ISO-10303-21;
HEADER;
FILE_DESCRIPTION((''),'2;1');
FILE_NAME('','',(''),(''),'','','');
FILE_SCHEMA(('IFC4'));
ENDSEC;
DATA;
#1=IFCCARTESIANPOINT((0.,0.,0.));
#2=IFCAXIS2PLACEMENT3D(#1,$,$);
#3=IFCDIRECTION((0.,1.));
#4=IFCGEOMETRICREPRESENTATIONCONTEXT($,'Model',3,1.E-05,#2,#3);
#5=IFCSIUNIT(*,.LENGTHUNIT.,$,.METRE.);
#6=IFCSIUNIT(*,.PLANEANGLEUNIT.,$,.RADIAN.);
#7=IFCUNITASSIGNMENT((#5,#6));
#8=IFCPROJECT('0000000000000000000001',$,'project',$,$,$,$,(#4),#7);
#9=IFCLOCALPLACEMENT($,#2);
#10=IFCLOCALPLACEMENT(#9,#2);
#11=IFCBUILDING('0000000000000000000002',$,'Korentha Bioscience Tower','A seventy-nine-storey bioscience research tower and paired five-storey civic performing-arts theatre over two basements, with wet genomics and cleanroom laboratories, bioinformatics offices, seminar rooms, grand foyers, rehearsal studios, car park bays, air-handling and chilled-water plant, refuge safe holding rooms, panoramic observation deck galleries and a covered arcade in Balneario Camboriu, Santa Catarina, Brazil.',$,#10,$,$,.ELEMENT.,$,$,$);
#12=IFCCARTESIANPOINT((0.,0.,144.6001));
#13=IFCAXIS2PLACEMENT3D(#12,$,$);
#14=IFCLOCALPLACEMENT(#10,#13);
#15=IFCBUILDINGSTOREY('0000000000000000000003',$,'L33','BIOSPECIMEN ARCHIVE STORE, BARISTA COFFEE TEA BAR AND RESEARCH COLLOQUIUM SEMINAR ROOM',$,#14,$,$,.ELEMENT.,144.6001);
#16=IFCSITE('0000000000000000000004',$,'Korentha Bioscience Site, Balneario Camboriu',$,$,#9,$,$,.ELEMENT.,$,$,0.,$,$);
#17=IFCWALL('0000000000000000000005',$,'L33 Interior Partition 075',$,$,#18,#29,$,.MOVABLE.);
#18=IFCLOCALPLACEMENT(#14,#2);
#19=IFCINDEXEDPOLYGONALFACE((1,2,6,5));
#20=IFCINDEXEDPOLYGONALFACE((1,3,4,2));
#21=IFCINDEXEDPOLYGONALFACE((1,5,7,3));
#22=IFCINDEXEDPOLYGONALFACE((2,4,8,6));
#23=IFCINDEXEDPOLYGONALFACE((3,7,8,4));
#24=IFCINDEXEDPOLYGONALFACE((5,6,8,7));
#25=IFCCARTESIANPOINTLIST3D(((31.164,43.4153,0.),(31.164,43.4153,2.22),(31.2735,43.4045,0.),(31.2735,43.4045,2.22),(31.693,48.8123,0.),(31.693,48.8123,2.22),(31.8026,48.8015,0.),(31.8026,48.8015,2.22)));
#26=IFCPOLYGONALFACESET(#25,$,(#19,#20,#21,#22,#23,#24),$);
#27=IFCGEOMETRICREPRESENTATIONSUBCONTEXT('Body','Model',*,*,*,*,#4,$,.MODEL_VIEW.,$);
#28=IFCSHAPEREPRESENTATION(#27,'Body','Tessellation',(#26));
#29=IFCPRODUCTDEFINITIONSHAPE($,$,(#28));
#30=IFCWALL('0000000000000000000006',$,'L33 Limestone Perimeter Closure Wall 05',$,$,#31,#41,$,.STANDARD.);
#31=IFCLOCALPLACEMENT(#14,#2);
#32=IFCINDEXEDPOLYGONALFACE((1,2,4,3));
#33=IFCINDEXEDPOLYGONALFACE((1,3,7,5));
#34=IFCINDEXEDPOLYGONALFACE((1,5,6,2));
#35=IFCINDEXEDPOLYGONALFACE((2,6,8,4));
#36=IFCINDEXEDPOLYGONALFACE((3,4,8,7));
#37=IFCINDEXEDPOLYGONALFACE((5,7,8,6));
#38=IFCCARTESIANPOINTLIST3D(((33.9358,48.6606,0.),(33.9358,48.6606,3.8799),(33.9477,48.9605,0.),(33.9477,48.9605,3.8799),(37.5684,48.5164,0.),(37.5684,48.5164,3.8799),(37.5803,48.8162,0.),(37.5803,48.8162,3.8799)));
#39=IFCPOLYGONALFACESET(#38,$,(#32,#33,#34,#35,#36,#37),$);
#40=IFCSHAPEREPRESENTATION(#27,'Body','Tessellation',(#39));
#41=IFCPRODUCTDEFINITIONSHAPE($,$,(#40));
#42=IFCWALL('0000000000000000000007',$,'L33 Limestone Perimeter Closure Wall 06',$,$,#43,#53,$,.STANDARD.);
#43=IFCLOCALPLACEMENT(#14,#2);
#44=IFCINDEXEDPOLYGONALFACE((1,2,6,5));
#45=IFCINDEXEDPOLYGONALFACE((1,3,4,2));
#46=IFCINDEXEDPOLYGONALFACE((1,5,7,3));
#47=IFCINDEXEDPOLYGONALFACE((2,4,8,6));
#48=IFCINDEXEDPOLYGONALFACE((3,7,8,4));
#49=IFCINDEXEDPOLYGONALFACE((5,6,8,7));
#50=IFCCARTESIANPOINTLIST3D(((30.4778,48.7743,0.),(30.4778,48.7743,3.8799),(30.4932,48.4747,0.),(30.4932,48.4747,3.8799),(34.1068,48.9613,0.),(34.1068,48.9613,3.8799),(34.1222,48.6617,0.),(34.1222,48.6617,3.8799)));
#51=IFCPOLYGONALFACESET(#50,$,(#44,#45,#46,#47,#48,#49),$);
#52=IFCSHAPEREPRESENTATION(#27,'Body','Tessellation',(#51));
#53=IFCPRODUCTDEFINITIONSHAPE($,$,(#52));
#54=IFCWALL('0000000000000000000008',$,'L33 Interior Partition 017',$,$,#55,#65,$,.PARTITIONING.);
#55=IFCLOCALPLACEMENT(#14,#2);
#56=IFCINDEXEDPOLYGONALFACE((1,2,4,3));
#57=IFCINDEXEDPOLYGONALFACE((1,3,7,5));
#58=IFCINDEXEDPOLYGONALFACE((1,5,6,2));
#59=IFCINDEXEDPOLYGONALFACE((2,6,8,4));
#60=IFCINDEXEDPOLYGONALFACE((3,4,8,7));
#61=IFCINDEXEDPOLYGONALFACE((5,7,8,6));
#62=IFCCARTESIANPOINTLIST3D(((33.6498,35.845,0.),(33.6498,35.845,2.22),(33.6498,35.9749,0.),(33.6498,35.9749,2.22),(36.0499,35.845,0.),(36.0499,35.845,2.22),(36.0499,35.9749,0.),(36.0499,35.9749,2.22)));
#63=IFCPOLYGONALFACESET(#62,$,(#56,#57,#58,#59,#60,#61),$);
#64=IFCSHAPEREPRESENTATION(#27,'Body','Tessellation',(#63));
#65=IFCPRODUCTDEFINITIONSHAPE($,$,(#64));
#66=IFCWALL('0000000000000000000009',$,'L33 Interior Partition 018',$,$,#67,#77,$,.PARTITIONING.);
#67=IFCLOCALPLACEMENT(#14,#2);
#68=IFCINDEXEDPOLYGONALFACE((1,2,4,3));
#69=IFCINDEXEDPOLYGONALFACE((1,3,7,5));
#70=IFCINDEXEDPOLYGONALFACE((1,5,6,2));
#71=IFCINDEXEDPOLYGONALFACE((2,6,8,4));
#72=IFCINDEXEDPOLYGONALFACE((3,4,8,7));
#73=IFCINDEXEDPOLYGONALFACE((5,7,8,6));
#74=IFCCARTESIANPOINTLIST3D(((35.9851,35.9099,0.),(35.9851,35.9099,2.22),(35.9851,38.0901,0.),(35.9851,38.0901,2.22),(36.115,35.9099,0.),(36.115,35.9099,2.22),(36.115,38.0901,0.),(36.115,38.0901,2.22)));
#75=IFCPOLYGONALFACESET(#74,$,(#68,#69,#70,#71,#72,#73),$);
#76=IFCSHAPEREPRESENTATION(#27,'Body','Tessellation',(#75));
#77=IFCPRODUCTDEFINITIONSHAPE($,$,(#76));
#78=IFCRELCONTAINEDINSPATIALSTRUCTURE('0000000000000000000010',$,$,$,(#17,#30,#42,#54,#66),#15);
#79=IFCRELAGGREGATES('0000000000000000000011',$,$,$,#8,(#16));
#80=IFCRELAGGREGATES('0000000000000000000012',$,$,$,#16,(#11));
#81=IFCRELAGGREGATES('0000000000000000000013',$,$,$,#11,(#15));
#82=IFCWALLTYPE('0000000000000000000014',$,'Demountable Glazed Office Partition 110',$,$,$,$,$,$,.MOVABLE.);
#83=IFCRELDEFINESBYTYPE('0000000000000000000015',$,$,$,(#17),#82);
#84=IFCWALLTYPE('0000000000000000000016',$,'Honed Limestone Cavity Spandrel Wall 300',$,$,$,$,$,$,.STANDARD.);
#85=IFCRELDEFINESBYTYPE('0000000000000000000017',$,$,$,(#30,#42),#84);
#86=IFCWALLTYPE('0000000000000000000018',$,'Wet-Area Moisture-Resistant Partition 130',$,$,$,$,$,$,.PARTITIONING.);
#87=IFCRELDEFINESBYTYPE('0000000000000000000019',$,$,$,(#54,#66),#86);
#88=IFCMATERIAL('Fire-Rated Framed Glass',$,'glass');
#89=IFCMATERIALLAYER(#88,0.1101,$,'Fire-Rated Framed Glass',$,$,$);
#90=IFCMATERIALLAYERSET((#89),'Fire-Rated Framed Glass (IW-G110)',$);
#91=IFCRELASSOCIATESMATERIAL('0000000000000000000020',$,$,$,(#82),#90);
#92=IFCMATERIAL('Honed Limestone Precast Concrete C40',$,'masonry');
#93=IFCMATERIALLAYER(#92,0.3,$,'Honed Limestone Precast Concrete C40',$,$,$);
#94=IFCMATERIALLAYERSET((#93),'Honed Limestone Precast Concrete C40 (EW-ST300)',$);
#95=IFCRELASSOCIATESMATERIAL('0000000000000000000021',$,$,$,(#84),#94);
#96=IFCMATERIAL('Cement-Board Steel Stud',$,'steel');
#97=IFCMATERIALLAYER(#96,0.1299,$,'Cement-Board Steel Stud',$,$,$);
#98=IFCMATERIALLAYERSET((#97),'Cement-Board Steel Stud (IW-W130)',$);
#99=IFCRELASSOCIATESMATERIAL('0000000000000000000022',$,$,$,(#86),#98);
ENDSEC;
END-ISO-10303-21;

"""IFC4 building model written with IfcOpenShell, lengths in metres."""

from ifc_helpers import new_model, si_unit, direction, frame, frame_2d, origin, place, context, subcontext, project, spatial, rectangle, extrude, material, layer, layer_set, type_object, element, save


model = new_model("IFC4")

# Units and contexts
model_context = context("Model", 3, precision=1e-05, world=origin(), true_north=direction((0.0, 1.0)))
body_context = subcontext(model_context, "Body", "Model", "MODEL_VIEW")
ifc_project = project(units=[si_unit("LENGTHUNIT", "METRE"), si_unit("PLANEANGLEUNIT", "RADIAN")], contexts=[model_context])

# Site, building, storey
site_placement = place(None, origin())
site = spatial("IfcSite", under=ifc_project, at=site_placement, Name="Korentha Bioscience Site, Balneario Camboriu", CompositionType="ELEMENT", RefElevation=0.0)
building_placement = place(site_placement, origin())
building = spatial("IfcBuilding", under=site, at=building_placement, Name="Korentha Bioscience Tower", Description="A seventy-nine-storey bioscience research tower and paired five-storey civic performing-arts theatre over two basements, with wet genomics and cleanroom laboratories, bioinformatics offices, seminar rooms, grand foyers, rehearsal studios, car park bays, air-handling and chilled-water plant, refuge safe holding rooms, panoramic observation deck galleries and a covered arcade in Balneario Camboriu, Santa Catarina, Brazil.", CompositionType="ELEMENT")
storey_placement = place(building_placement, frame((0.0, 0.0, 144.6001)))
storey = spatial("IfcBuildingStorey", under=building, at=storey_placement, Name="L33", Description="BIOSPECIMEN ARCHIVE STORE, BARISTA COFFEE TEA BAR AND RESEARCH COLLOQUIUM SEMINAR ROOM", CompositionType="ELEMENT", Elevation=144.6001)

# Walls
ifc_material_1 = material(Name="Fire-Rated Framed Glass", Category="glass")
ifc_layer_1 = layer(ifc_material_1, 0.1101, Name="Fire-Rated Framed Glass")
ifc_layer_set_1 = layer_set([ifc_layer_1], Name="Fire-Rated Framed Glass (IW-G110)")
wall_type_1 = type_object("IfcWallType", Name="Demountable Glazed Office Partition 110", PredefinedType="MOVABLE", material=ifc_layer_set_1)
wall_1_placement = place(storey_placement, frame((31.2188, 43.4099, 0.0), z_axis=(0.0, 0.0, 1.0), x_axis=(0.09756, 0.99523, 0.0)))
element("IfcWall", 1, at=wall_1_placement, inside=storey, type_object=wall_type_1, Name="L33 Interior Partition 075", PredefinedType="MOVABLE", context=body_context, shape_type="SweptSolid", body=[
    extrude(rectangle(XDim=5.4229, YDim=0.1101, at=frame_2d((2.7114, 0.0))), origin(), (0.0, 0.0, 1.0), 2.22),
])
ifc_material_2 = material(Name="Honed Limestone Precast Concrete C40", Category="masonry")
ifc_layer_2 = layer(ifc_material_2, 0.3, Name="Honed Limestone Precast Concrete C40")
ifc_layer_set_2 = layer_set([ifc_layer_2], Name="Honed Limestone Precast Concrete C40 (EW-ST300)")
wall_type_2 = type_object("IfcWallType", Name="Honed Limestone Cavity Spandrel Wall 300", PredefinedType="STANDARD", material=ifc_layer_set_2)
wall_2_placement = place(storey_placement, frame((37.5745, 48.6663, 0.0), z_axis=(0.0, 0.0, 1.0), x_axis=(-0.999212, 0.039689, 0.0)))
element("IfcWall", 2, at=wall_2_placement, inside=storey, type_object=wall_type_2, Name="L33 Limestone Perimeter Closure Wall 05", PredefinedType="STANDARD", context=body_context, shape_type="SweptSolid", body=[
    extrude(rectangle(XDim=3.6355, YDim=0.3, at=frame_2d((1.8179, 0.0))), origin(), (0.0, 0.0, 1.0), 3.8799),
])
wall_3_placement = place(storey_placement, frame((34.1145, 48.8115, 0.0), z_axis=(0.0, 0.0, 1.0), x_axis=(-0.998675, -0.051466, 0.0)))
element("IfcWall", 3, at=wall_3_placement, inside=storey, type_object=wall_type_2, Name="L33 Limestone Perimeter Closure Wall 06", PredefinedType="STANDARD", context=body_context, shape_type="SweptSolid", body=[
    extrude(rectangle(XDim=3.6338, YDim=0.3, at=frame_2d((1.8169, 0.0))), origin(), (0.0, 0.0, 1.0), 3.8799),
])

# Shared definitions
ifc_material_3 = material(Name="Cement-Board Steel Stud", Category="steel")
ifc_layer_3 = layer(ifc_material_3, 0.1299, Name="Cement-Board Steel Stud")
ifc_layer_set_3 = layer_set([ifc_layer_3], Name="Cement-Board Steel Stud (IW-W130)")
wall_type_3 = type_object("IfcWallType", Name="Wet-Area Moisture-Resistant Partition 130", PredefinedType="PARTITIONING", material=ifc_layer_set_3)

# Walls
wall_4_placement = place(storey_placement, frame((36.05, 35.9099, 0.0), z_axis=(0.0, 0.0, 1.0), x_axis=(-1.0, 0.0, 0.0)))
element("IfcWall", 4, at=wall_4_placement, inside=storey, type_object=wall_type_3, Name="L33 Interior Partition 017", PredefinedType="PARTITIONING", context=body_context, shape_type="SweptSolid", body=[
    extrude(rectangle(XDim=2.4001, YDim=0.1299, at=frame_2d((1.2002, 0.0))), origin(), (0.0, 0.0, 1.0), 2.22),
])
wall_5_placement = place(storey_placement, frame((36.05, 38.0901, 0.0), z_axis=(0.0, 0.0, 1.0), x_axis=(0.0, -1.0, 0.0)))
element("IfcWall", 5, at=wall_5_placement, inside=storey, type_object=wall_type_3, Name="L33 Interior Partition 018", PredefinedType="PARTITIONING", context=body_context, shape_type="SweptSolid", body=[
    extrude(rectangle(XDim=2.1802, YDim=0.1299, at=frame_2d((1.0901, 0.0))), origin(), (0.0, 0.0, 1.0), 2.22),
])

save(model, "model.ifc")
